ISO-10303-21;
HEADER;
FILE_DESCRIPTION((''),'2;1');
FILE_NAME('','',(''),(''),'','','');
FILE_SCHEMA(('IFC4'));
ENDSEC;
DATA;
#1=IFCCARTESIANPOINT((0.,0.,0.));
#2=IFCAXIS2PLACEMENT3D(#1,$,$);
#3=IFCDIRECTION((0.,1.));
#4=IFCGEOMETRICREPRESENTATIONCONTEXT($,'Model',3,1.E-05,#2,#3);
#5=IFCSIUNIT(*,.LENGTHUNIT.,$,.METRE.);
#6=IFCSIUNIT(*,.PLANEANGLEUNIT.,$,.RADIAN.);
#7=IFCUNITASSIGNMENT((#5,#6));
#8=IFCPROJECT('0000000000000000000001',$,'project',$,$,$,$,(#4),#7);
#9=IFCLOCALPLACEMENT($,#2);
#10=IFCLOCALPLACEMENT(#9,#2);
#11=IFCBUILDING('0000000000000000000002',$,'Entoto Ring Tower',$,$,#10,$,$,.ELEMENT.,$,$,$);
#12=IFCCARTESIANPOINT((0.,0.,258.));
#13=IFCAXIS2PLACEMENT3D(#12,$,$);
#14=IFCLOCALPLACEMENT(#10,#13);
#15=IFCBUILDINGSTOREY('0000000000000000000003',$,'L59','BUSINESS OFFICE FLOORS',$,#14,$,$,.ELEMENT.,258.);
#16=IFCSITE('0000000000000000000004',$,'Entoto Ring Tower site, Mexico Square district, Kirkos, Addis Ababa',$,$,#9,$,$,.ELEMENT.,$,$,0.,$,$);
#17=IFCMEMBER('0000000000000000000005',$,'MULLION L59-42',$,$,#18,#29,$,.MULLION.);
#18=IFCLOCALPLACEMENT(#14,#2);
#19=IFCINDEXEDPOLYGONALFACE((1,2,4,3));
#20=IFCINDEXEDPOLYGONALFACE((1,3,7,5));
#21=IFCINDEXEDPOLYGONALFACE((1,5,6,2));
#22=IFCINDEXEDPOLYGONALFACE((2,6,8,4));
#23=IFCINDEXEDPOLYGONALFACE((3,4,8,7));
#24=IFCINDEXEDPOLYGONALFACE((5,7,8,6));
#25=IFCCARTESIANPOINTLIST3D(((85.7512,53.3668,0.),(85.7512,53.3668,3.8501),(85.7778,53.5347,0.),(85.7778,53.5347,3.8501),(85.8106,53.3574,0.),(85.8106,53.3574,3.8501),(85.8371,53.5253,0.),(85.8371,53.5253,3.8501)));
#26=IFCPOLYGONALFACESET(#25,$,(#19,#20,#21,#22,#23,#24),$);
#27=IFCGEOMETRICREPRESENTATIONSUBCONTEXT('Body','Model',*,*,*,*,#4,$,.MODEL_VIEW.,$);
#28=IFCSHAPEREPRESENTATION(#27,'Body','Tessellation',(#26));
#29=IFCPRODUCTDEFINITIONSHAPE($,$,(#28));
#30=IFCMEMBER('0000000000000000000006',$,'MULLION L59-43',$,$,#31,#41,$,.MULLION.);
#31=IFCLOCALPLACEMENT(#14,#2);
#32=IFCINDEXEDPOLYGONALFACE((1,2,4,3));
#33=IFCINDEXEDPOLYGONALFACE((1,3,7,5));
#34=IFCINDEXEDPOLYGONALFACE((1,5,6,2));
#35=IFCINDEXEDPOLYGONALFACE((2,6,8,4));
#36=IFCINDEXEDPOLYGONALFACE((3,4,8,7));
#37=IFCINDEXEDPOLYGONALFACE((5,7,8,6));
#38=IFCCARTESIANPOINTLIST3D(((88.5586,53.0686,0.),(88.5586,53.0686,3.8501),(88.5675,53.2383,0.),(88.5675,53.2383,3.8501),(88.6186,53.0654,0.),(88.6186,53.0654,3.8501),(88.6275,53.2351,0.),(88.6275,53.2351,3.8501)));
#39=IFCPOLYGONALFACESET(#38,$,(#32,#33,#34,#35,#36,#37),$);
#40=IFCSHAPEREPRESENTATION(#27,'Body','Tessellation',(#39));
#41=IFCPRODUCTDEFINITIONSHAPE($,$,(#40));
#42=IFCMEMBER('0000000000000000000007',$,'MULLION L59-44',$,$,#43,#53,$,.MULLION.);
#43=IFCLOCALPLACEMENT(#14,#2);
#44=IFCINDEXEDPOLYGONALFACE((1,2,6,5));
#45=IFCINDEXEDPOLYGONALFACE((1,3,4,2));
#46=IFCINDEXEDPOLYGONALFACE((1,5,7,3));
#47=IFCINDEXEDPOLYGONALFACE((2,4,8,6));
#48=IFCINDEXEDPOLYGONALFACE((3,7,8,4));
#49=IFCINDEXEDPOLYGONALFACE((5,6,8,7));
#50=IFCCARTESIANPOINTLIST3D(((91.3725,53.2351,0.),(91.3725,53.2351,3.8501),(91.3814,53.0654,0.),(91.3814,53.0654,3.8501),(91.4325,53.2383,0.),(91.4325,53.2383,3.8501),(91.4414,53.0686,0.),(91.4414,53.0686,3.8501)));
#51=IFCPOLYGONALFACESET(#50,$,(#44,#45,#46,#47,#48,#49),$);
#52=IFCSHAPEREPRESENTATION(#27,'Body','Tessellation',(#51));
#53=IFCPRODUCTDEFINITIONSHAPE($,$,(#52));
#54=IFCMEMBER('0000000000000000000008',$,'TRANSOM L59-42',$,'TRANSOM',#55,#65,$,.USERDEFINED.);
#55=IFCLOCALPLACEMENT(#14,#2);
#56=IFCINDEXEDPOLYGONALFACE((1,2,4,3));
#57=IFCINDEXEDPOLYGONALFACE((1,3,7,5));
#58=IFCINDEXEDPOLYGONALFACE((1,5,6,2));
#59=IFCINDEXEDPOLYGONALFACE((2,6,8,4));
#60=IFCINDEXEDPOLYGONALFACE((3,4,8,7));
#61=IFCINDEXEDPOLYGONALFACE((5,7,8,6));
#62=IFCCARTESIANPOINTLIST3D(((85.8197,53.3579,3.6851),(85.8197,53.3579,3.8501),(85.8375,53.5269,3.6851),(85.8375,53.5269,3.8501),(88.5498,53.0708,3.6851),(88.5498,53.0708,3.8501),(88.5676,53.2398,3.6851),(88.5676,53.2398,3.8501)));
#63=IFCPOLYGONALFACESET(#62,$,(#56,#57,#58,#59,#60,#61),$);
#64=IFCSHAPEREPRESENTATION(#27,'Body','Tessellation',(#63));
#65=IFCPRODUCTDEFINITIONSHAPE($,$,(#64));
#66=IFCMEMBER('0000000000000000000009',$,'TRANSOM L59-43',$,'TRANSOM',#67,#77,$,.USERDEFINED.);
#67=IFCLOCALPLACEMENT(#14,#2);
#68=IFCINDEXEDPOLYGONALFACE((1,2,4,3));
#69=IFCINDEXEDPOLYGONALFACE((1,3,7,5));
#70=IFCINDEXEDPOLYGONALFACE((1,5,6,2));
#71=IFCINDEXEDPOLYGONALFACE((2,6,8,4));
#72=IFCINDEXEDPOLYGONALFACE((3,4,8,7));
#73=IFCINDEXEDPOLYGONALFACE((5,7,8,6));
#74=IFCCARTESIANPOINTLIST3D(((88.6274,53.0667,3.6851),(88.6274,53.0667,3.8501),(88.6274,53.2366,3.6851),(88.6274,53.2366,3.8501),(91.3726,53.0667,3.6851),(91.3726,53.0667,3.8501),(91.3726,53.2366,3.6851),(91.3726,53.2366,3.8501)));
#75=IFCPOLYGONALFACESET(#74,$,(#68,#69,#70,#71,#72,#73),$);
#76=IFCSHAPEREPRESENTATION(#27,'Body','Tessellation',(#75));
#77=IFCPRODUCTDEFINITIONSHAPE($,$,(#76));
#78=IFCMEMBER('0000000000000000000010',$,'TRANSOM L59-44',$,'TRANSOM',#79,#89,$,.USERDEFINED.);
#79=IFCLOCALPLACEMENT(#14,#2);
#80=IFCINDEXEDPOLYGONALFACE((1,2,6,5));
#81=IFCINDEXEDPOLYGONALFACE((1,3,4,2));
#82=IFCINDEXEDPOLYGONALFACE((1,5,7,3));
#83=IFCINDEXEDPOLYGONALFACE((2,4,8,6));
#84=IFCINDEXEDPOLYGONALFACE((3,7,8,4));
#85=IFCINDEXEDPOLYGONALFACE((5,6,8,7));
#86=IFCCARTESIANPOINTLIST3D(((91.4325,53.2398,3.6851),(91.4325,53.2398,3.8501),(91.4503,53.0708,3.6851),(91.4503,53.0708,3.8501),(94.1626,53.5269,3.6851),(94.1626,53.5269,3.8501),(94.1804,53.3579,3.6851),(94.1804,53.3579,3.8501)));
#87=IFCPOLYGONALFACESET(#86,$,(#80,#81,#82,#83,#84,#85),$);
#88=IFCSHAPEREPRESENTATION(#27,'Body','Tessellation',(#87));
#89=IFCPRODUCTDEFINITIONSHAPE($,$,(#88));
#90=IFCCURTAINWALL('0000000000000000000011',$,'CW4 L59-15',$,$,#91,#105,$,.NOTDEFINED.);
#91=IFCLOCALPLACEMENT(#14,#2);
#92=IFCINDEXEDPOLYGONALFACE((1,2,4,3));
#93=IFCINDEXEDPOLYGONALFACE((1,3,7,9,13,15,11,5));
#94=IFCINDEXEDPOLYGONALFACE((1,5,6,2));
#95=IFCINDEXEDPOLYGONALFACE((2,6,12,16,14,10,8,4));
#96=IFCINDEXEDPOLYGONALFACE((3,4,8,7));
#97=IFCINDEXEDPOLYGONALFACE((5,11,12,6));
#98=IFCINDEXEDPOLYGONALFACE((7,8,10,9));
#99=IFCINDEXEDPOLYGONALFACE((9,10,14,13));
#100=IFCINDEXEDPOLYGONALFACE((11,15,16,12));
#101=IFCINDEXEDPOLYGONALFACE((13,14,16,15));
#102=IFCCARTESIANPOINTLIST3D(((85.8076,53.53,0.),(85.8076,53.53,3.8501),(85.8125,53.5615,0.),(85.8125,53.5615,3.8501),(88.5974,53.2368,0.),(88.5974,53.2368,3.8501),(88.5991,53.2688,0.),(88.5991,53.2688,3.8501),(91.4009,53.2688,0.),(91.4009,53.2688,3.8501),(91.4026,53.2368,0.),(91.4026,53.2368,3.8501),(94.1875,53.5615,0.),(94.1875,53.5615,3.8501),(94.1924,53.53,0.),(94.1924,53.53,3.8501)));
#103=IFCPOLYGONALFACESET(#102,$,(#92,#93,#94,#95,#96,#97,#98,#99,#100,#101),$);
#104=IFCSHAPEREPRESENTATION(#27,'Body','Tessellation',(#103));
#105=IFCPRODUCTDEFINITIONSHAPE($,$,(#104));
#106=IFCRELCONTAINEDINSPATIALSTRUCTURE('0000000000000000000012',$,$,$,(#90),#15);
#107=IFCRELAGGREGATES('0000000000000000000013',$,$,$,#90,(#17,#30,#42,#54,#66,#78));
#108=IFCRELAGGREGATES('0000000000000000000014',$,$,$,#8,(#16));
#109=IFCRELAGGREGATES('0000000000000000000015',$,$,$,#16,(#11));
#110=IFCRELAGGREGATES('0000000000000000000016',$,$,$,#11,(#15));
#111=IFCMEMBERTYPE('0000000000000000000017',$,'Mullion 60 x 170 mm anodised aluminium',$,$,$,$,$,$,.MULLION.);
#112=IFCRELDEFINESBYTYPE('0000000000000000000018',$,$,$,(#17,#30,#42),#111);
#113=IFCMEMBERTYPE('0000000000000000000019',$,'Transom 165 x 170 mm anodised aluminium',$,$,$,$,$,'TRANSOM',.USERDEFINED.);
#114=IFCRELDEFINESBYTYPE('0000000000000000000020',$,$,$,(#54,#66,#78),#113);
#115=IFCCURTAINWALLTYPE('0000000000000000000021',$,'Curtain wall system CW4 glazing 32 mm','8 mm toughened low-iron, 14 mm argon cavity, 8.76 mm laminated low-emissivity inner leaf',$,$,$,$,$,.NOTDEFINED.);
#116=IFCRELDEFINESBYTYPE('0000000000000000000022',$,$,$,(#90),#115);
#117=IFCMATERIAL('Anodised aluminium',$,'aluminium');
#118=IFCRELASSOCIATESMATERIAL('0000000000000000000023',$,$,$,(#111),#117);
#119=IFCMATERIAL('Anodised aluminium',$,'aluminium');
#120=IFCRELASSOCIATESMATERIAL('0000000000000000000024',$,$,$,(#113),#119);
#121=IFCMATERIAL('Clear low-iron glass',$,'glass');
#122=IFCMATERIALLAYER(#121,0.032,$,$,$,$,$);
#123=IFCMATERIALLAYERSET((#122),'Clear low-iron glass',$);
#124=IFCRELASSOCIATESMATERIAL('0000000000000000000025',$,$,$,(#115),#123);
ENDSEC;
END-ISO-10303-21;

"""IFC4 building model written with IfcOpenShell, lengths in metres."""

from ifc_helpers import new_model, si_unit, direction, frame, origin, origin_2d, place, context, subcontext, project, spatial, polyline, rectangle, outline, extrude, material, layer, layer_set, material_profile, profile_set, type_object, element, aggregate, save


model = new_model("IFC4")

# Units and contexts
model_context = context("Model", 3, precision=1e-05, world=origin(), true_north=direction((0.0, 1.0)))
body_context = subcontext(model_context, "Body", "Model", "MODEL_VIEW")
ifc_project = project(units=[si_unit("LENGTHUNIT", "METRE"), si_unit("PLANEANGLEUNIT", "RADIAN")], contexts=[model_context])

# Members
ifc_material_1 = material(Name="Anodised aluminium", Category="aluminium")
ifc_material_profile_1 = material_profile(ifc_material_1, rectangle(XDim=0.0601, YDim=0.1699, at=origin_2d()), Name="Mullion 60 x 170 mm anodised aluminium")
ifc_profile_set_1 = profile_set([ifc_material_profile_1], Name="Anodised aluminium")
member_type_1 = type_object("IfcMemberType", Name="Mullion 60 x 170 mm anodised aluminium", PredefinedType="MULLION", material=ifc_profile_set_1)
site_placement = place(None, origin())
building_placement = place(site_placement, origin())
storey_placement = place(building_placement, frame((0.0, 0.0, 258.0)))
member_1_placement = place(storey_placement, frame((85.7942, 53.446, 0.0), z_axis=(0.0, 0.0, 1.0), x_axis=(0.987688, -0.156434, 0.0)))
member_1 = element("IfcMember", 1, at=member_1_placement, type_object=member_type_1, Name="MULLION L59-42", PredefinedType="MULLION", context=body_context, shape_type="SweptSolid", body=[
    extrude(rectangle(XDim=0.0601, YDim=0.1699, at=origin_2d()), origin(), (0.0, 0.0, 1.0), 3.8501),
])
member_2_placement = place(storey_placement, frame((88.593, 53.1519, 0.0), z_axis=(0.0, 0.0, 1.0), x_axis=(0.99863, -0.052336, 0.0)))
member_2 = element("IfcMember", 2, at=member_2_placement, type_object=member_type_1, Name="MULLION L59-43", PredefinedType="MULLION", context=body_context, shape_type="SweptSolid", body=[
    extrude(rectangle(XDim=0.0601, YDim=0.1699, at=origin_2d()), origin(), (0.0, 0.0, 1.0), 3.8501),
])
member_3_placement = place(storey_placement, frame((91.407, 53.1519, 0.0), z_axis=(0.0, 0.0, 1.0), x_axis=(0.99863, 0.052336, 0.0)))
member_3 = element("IfcMember", 3, at=member_3_placement, type_object=member_type_1, Name="MULLION L59-44", PredefinedType="MULLION", context=body_context, shape_type="SweptSolid", body=[
    extrude(rectangle(XDim=0.0601, YDim=0.1699, at=origin_2d()), origin(), (0.0, 0.0, 1.0), 3.8501),
])
ifc_material_2 = material(Name="Anodised aluminium", Category="aluminium")
ifc_material_profile_2 = material_profile(ifc_material_2, rectangle(XDim=0.1699, YDim=0.165, at=origin_2d()), Name="Transom 165 x 170 mm anodised aluminium")
ifc_profile_set_2 = profile_set([ifc_material_profile_2], Name="Anodised aluminium")
member_type_2 = type_object("IfcMemberType", Name="Transom 165 x 170 mm anodised aluminium", ElementType="TRANSOM", PredefinedType="USERDEFINED", material=ifc_profile_set_2)
member_4_placement = place(storey_placement, frame((85.8286, 53.4424, 3.7676), z_axis=(0.994515, -0.104592, 0.0), x_axis=(0.104592, 0.994515, 0.0)))
member_4 = element("IfcMember", 4, at=member_4_placement, type_object=member_type_2, Name="TRANSOM L59-42", ObjectType="TRANSOM", PredefinedType="USERDEFINED", context=body_context, shape_type="SweptSolid", body=[
    extrude(rectangle(XDim=0.1699, YDim=0.165, at=origin_2d()), origin(), (0.0, 0.0, 1.0), 2.7451),
])
member_5_placement = place(storey_placement, frame((88.6274, 53.1516, 3.7676), z_axis=(1.0, 0.0, 0.0), x_axis=(0.0, 1.0, 0.0)))
member_5 = element("IfcMember", 5, at=member_5_placement, type_object=member_type_2, Name="TRANSOM L59-43", ObjectType="TRANSOM", PredefinedType="USERDEFINED", context=body_context, shape_type="SweptSolid", body=[
    extrude(rectangle(XDim=0.1699, YDim=0.165, at=origin_2d()), origin(), (0.0, 0.0, 1.0), 2.7451),
])
member_6_placement = place(storey_placement, frame((91.4414, 53.1553, 3.7676), z_axis=(0.994515, 0.104592, 0.0), x_axis=(-0.104592, 0.994515, 0.0)))
member_6 = element("IfcMember", 6, at=member_6_placement, type_object=member_type_2, Name="TRANSOM L59-44", ObjectType="TRANSOM", PredefinedType="USERDEFINED", context=body_context, shape_type="SweptSolid", body=[
    extrude(rectangle(XDim=0.1699, YDim=0.165, at=origin_2d()), origin(), (0.0, 0.0, 1.0), 2.7451),
])

# Site, building, storey
site = spatial("IfcSite", under=ifc_project, at=site_placement, Name="Entoto Ring Tower site, Mexico Square district, Kirkos, Addis Ababa", CompositionType="ELEMENT", RefElevation=0.0)
building = spatial("IfcBuilding", under=site, at=building_placement, Name="Entoto Ring Tower", CompositionType="ELEMENT")
storey = spatial("IfcBuildingStorey", under=building, at=storey_placement, Name="L59", Description="BUSINESS OFFICE FLOORS", CompositionType="ELEMENT", Elevation=258.0)

# Curtain wall
ifc_material_3 = material(Name="Clear low-iron glass", Category="glass")
ifc_layer = layer(ifc_material_3, 0.032)
ifc_layer_set = layer_set([ifc_layer], Name="Clear low-iron glass")
curtain_wall_type = type_object("IfcCurtainWallType", Name="Curtain wall system CW4 glazing 32 mm", Description="8 mm toughened low-iron, 14 mm argon cavity, 8.76 mm laminated low-emissivity inner leaf", PredefinedType="NOTDEFINED", material=ifc_layer_set)
curtain_wall_1_placement = place(storey_placement, origin())
curtain_wall_1 = element("IfcCurtainWall", 7, at=curtain_wall_1_placement, inside=storey, type_object=curtain_wall_type, Name="CW4 L59-15", PredefinedType="NOTDEFINED", context=body_context, shape_type="SweptSolid", body=[
    extrude(outline(polyline([(85.8076, 53.53), (88.5974, 53.2368), (91.4026, 53.2368), (94.1924, 53.53), (94.1875, 53.5615), (91.4009, 53.2688), (88.5991, 53.2688), (85.8125, 53.5615), (85.8076, 53.53)])), origin(), (0.0, 0.0, 1.0), 3.8501),
])
aggregate(curtain_wall_1, [member_1, member_2, member_3, member_4, member_5, member_6])

save(model, "model.ifc")
